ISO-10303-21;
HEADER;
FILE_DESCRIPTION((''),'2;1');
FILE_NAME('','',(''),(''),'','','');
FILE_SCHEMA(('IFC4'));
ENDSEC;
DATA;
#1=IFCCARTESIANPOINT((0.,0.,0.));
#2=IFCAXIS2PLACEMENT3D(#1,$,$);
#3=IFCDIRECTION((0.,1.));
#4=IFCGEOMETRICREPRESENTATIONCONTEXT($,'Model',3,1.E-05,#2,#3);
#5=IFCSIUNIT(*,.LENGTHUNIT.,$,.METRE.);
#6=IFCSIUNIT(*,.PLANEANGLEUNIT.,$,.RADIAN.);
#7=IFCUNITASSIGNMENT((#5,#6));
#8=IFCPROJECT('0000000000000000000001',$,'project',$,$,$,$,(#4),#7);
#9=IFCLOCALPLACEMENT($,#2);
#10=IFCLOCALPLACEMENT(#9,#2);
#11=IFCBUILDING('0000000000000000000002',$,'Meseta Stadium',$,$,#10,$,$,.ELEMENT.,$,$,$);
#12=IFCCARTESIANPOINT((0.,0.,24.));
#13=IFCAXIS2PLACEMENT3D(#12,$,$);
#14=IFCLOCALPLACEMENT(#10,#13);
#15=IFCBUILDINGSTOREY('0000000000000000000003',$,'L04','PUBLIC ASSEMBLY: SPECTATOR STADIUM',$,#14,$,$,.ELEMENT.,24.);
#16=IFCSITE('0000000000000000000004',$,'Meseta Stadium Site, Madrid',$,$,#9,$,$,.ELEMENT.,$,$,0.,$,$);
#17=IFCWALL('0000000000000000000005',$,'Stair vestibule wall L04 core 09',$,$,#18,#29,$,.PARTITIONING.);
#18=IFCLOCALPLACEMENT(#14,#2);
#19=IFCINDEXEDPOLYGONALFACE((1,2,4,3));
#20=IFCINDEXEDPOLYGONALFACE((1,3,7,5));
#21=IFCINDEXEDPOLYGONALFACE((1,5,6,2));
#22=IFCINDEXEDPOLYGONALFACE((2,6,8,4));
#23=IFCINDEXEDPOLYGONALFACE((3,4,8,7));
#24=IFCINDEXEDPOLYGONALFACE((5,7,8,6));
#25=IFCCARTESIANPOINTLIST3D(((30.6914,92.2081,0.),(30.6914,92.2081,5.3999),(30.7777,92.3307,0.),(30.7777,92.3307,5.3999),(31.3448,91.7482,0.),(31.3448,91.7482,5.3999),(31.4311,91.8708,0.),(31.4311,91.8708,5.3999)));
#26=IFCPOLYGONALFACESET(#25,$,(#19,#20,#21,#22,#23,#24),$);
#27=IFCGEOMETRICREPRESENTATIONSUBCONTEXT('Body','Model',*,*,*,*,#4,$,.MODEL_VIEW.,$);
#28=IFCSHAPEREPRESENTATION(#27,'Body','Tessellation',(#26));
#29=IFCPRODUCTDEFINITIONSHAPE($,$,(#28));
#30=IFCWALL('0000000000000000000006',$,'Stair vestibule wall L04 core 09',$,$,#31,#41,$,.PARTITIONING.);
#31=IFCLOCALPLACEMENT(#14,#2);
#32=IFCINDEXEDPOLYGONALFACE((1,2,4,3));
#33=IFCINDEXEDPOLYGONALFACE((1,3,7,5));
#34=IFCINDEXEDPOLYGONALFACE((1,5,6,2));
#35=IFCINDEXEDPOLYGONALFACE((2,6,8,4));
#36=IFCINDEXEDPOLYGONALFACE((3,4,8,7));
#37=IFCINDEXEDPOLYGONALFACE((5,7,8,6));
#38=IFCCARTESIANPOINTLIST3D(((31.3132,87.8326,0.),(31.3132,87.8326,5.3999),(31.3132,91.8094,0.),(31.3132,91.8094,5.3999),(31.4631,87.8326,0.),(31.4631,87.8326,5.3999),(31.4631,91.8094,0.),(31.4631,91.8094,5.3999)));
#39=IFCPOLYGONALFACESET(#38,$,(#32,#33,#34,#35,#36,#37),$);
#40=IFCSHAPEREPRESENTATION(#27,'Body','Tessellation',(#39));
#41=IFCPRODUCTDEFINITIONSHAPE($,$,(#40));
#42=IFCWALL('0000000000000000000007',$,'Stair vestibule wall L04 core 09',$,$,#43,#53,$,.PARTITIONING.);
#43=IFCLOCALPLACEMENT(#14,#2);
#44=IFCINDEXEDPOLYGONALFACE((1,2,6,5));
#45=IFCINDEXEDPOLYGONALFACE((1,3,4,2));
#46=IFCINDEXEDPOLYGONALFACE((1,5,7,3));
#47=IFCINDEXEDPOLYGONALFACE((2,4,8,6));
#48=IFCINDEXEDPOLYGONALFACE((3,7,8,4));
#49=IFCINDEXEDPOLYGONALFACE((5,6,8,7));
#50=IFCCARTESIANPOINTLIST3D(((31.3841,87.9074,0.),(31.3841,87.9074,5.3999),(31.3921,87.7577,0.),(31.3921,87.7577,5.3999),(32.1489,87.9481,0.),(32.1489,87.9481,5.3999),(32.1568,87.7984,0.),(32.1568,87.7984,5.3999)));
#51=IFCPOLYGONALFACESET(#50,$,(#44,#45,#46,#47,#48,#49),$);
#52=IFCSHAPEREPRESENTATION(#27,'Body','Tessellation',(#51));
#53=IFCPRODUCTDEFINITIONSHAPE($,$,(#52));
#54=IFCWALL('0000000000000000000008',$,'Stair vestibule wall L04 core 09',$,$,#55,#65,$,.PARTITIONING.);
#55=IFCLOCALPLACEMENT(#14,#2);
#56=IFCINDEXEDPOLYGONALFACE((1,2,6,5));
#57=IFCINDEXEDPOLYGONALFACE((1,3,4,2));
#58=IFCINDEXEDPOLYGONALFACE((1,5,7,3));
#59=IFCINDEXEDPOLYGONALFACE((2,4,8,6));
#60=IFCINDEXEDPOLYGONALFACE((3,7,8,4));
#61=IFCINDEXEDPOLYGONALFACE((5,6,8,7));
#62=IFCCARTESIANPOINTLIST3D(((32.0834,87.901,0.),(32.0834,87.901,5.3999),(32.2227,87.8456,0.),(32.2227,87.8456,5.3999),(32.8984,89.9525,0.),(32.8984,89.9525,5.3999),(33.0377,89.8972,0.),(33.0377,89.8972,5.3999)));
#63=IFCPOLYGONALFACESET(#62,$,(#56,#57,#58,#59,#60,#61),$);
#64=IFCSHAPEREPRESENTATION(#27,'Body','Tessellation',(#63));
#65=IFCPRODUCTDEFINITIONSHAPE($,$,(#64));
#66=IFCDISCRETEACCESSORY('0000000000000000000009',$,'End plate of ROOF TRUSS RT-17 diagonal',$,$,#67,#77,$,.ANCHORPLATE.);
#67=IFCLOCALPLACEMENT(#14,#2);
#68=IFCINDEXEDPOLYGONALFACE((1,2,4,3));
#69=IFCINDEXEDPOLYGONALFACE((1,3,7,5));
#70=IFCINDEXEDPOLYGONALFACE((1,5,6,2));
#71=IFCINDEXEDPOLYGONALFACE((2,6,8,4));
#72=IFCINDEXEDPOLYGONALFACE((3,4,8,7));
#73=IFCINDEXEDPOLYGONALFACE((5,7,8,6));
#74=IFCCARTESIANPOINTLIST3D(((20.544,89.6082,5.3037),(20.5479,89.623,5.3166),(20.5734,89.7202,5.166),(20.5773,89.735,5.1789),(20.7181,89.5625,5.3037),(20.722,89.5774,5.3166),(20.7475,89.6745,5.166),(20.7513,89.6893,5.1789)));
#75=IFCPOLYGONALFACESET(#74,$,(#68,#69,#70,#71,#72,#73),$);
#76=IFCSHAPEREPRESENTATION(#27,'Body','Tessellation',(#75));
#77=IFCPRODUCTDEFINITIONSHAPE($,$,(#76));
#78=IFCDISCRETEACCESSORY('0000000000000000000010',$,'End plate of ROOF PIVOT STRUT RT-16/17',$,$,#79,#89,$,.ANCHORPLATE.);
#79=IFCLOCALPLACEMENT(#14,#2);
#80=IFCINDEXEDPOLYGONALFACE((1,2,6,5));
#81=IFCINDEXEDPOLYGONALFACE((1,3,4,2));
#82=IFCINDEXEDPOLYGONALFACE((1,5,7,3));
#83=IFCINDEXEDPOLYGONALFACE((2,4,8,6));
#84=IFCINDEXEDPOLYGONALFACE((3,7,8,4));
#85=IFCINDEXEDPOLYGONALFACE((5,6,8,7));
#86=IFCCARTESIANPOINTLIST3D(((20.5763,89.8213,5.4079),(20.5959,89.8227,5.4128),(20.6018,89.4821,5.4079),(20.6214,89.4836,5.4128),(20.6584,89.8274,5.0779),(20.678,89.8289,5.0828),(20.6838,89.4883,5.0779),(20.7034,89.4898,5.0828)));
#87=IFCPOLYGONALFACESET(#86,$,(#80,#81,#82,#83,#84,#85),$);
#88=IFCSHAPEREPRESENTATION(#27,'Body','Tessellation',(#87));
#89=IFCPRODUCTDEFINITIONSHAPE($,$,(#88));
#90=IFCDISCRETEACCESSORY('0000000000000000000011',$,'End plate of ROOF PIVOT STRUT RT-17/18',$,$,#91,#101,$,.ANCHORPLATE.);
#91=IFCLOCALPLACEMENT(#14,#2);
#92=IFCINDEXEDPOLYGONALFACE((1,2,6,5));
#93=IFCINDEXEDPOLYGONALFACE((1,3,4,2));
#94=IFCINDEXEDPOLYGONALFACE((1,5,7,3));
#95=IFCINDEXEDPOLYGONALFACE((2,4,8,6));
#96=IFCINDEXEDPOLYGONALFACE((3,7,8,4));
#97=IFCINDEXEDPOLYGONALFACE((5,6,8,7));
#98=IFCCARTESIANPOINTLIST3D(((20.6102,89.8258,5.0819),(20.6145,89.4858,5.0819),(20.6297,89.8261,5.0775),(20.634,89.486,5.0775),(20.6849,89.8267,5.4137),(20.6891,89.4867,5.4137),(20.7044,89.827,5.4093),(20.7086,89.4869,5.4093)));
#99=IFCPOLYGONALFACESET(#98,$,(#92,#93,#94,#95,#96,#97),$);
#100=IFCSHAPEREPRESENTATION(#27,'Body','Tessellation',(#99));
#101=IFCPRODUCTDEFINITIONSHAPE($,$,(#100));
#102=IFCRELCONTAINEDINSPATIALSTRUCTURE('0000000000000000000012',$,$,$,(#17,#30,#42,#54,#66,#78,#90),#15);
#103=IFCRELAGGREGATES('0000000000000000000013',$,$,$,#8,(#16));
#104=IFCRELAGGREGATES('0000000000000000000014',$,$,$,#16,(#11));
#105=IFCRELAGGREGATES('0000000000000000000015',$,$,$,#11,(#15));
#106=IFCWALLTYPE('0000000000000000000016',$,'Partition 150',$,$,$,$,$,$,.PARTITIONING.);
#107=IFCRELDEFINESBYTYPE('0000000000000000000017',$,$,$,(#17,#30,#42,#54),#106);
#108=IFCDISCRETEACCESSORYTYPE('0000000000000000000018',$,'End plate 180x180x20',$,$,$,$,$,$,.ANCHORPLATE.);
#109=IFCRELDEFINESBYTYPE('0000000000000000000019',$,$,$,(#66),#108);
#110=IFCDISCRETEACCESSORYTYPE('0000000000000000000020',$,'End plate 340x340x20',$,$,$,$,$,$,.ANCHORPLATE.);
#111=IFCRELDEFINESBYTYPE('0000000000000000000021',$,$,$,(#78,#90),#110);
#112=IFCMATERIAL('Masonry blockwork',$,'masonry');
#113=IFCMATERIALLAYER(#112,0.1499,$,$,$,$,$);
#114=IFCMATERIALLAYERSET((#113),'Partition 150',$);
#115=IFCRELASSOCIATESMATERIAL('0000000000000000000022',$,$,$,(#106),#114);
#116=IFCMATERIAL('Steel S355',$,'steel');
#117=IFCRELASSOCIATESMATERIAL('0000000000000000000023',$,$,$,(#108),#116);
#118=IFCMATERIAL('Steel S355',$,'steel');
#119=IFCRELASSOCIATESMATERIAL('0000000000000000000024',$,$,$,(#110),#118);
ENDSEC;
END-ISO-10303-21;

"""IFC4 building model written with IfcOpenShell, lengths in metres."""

from ifc_helpers import new_model, si_unit, direction, frame, frame_2d, origin, origin_2d, place, context, subcontext, project, spatial, rectangle, extrude, material, layer, layer_set, material_profile, profile_set, type_object, element, save


model = new_model("IFC4")

# Units and contexts
model_context = context("Model", 3, precision=1e-05, world=origin(), true_north=direction((0.0, 1.0)))
body_context = subcontext(model_context, "Body", "Model", "MODEL_VIEW")
ifc_project = project(units=[si_unit("LENGTHUNIT", "METRE"), si_unit("PLANEANGLEUNIT", "RADIAN")], contexts=[model_context])

# Site, building, storey
site_placement = place(None, origin())
site = spatial("IfcSite", under=ifc_project, at=site_placement, Name="Meseta Stadium Site, Madrid", CompositionType="ELEMENT", RefElevation=0.0)
building_placement = place(site_placement, origin())
building = spatial("IfcBuilding", under=site, at=building_placement, Name="Meseta Stadium", CompositionType="ELEMENT")
storey_placement = place(building_placement, frame((0.0, 0.0, 24.0)))
storey = spatial("IfcBuildingStorey", under=building, at=storey_placement, Name="L04", Description="PUBLIC ASSEMBLY: SPECTATOR STADIUM", CompositionType="ELEMENT", Elevation=24.0)

# Walls
ifc_material_1 = material(Name="Masonry blockwork", Category="masonry")
ifc_layer = layer(ifc_material_1, 0.1499)
ifc_layer_set = layer_set([ifc_layer], Name="Partition 150")
wall_type = type_object("IfcWallType", Name="Partition 150", PredefinedType="PARTITIONING", material=ifc_layer_set)
wall_1_placement = place(storey_placement, frame((30.7346, 92.2693, 0.0), z_axis=(0.0, 0.0, 1.0), x_axis=(0.81778, -0.575531, 0.0)))
element("IfcWall", 1, at=wall_1_placement, inside=storey, type_object=wall_type, Name="Stair vestibule wall L04 core 09", PredefinedType="PARTITIONING", context=body_context, shape_type="SweptSolid", body=[
    extrude(rectangle(XDim=0.7991, YDim=0.1499, at=frame_2d((0.3994, 0.0))), origin(), (0.0, 0.0, 1.0), 5.3999),
])
wall_2_placement = place(storey_placement, frame((31.3882, 91.8093, 0.0), z_axis=(0.0, 0.0, 1.0), x_axis=(0.0, -1.0, 0.0)))
element("IfcWall", 2, at=wall_2_placement, inside=storey, type_object=wall_type, Name="Stair vestibule wall L04 core 09", PredefinedType="PARTITIONING", context=body_context, shape_type="SweptSolid", body=[
    extrude(rectangle(XDim=3.9768, YDim=0.1499, at=frame_2d((1.9883, 0.0))), origin(), (0.0, 0.0, 1.0), 5.3999),
])
wall_3_placement = place(storey_placement, frame((31.3882, 87.8325, 0.0), z_axis=(0.0, 0.0, 1.0), x_axis=(0.998582, 0.053228, 0.0)))
element("IfcWall", 3, at=wall_3_placement, inside=storey, type_object=wall_type, Name="Stair vestibule wall L04 core 09", PredefinedType="PARTITIONING", context=body_context, shape_type="SweptSolid", body=[
    extrude(rectangle(XDim=0.7659, YDim=0.1499, at=frame_2d((0.3828, 0.0))), origin(), (0.0, 0.0, 1.0), 5.3999),
])
wall_4_placement = place(storey_placement, frame((32.1531, 87.8733, 0.0), z_axis=(0.0, 0.0, 1.0), x_axis=(0.369178, 0.929359, 0.0)))
element("IfcWall", 4, at=wall_4_placement, inside=storey, type_object=wall_type, Name="Stair vestibule wall L04 core 09", PredefinedType="PARTITIONING", context=body_context, shape_type="SweptSolid", body=[
    extrude(rectangle(XDim=2.2075, YDim=0.1499, at=frame_2d((1.1038, 0.0))), origin(), (0.0, 0.0, 1.0), 5.3999),
])

# Discrete accessories
ifc_material_2 = material(Name="Steel S355", Category="steel")
ifc_material_profile_1 = material_profile(ifc_material_2, rectangle(XDim=0.1799, YDim=0.1799, at=origin_2d()), Name="PL 180x180")
ifc_profile_set_1 = profile_set([ifc_material_profile_1], Name="Steel S355")
discrete_accessory_type_1 = type_object("IfcDiscreteAccessoryType", Name="End plate 180x180x20", PredefinedType="ANCHORPLATE", material=ifc_profile_set_1)
discrete_accessory_1_placement = place(storey_placement, frame((20.6458, 89.6414, 5.2349), z_axis=(0.194229, 0.740496, 0.643382), x_axis=(-0.96728, 0.253713, 0.0)))
element("IfcDiscreteAccessory", 5, at=discrete_accessory_1_placement, inside=storey, type_object=discrete_accessory_type_1, Name="End plate of ROOF TRUSS RT-17 diagonal", PredefinedType="ANCHORPLATE", context=body_context, shape_type="SweptSolid", body=[
    extrude(rectangle(XDim=0.1799, YDim=0.1799, at=origin_2d()), origin(), (0.0, 0.0, 1.0), 0.02),
])
ifc_material_3 = material(Name="Steel S355", Category="steel")
ifc_material_profile_2 = material_profile(ifc_material_3, rectangle(XDim=0.3401, YDim=0.3401, at=origin_2d()), Name="PL 340x340")
ifc_profile_set_2 = profile_set([ifc_material_profile_2], Name="Steel S355")
discrete_accessory_type_2 = type_object("IfcDiscreteAccessoryType", Name="End plate 340x340x20", PredefinedType="ANCHORPLATE", material=ifc_profile_set_2)
discrete_accessory_2_placement = place(storey_placement, frame((20.6497, 89.6562, 5.2478), z_axis=(-0.967585, -0.072569, -0.241896), x_axis=(0.07479, -0.997199, 0.0)))
element("IfcDiscreteAccessory", 6, at=discrete_accessory_2_placement, inside=storey, type_object=discrete_accessory_type_2, Name="End plate of ROOF PIVOT STRUT RT-16/17", PredefinedType="ANCHORPLATE", context=body_context, shape_type="SweptSolid", body=[
    extrude(rectangle(XDim=0.3401, YDim=0.3401, at=origin_2d()), origin(), (0.0, 0.0, 1.0), 0.0203),
])
discrete_accessory_3_placement = place(storey_placement, frame((20.6692, 89.6565, 5.2434), z_axis=(-0.975537, -0.012194, 0.219496), x_axis=(0.012499, -0.999922, 0.0)))
element("IfcDiscreteAccessory", 7, at=discrete_accessory_3_placement, inside=storey, type_object=discrete_accessory_type_2, Name="End plate of ROOF PIVOT STRUT RT-17/18", PredefinedType="ANCHORPLATE", context=body_context, shape_type="SweptSolid", body=[
    extrude(rectangle(XDim=0.3401, YDim=0.3401, at=origin_2d()), origin(), (0.0, 0.0, 1.0), 0.02),
])

save(model, "model.ifc")
